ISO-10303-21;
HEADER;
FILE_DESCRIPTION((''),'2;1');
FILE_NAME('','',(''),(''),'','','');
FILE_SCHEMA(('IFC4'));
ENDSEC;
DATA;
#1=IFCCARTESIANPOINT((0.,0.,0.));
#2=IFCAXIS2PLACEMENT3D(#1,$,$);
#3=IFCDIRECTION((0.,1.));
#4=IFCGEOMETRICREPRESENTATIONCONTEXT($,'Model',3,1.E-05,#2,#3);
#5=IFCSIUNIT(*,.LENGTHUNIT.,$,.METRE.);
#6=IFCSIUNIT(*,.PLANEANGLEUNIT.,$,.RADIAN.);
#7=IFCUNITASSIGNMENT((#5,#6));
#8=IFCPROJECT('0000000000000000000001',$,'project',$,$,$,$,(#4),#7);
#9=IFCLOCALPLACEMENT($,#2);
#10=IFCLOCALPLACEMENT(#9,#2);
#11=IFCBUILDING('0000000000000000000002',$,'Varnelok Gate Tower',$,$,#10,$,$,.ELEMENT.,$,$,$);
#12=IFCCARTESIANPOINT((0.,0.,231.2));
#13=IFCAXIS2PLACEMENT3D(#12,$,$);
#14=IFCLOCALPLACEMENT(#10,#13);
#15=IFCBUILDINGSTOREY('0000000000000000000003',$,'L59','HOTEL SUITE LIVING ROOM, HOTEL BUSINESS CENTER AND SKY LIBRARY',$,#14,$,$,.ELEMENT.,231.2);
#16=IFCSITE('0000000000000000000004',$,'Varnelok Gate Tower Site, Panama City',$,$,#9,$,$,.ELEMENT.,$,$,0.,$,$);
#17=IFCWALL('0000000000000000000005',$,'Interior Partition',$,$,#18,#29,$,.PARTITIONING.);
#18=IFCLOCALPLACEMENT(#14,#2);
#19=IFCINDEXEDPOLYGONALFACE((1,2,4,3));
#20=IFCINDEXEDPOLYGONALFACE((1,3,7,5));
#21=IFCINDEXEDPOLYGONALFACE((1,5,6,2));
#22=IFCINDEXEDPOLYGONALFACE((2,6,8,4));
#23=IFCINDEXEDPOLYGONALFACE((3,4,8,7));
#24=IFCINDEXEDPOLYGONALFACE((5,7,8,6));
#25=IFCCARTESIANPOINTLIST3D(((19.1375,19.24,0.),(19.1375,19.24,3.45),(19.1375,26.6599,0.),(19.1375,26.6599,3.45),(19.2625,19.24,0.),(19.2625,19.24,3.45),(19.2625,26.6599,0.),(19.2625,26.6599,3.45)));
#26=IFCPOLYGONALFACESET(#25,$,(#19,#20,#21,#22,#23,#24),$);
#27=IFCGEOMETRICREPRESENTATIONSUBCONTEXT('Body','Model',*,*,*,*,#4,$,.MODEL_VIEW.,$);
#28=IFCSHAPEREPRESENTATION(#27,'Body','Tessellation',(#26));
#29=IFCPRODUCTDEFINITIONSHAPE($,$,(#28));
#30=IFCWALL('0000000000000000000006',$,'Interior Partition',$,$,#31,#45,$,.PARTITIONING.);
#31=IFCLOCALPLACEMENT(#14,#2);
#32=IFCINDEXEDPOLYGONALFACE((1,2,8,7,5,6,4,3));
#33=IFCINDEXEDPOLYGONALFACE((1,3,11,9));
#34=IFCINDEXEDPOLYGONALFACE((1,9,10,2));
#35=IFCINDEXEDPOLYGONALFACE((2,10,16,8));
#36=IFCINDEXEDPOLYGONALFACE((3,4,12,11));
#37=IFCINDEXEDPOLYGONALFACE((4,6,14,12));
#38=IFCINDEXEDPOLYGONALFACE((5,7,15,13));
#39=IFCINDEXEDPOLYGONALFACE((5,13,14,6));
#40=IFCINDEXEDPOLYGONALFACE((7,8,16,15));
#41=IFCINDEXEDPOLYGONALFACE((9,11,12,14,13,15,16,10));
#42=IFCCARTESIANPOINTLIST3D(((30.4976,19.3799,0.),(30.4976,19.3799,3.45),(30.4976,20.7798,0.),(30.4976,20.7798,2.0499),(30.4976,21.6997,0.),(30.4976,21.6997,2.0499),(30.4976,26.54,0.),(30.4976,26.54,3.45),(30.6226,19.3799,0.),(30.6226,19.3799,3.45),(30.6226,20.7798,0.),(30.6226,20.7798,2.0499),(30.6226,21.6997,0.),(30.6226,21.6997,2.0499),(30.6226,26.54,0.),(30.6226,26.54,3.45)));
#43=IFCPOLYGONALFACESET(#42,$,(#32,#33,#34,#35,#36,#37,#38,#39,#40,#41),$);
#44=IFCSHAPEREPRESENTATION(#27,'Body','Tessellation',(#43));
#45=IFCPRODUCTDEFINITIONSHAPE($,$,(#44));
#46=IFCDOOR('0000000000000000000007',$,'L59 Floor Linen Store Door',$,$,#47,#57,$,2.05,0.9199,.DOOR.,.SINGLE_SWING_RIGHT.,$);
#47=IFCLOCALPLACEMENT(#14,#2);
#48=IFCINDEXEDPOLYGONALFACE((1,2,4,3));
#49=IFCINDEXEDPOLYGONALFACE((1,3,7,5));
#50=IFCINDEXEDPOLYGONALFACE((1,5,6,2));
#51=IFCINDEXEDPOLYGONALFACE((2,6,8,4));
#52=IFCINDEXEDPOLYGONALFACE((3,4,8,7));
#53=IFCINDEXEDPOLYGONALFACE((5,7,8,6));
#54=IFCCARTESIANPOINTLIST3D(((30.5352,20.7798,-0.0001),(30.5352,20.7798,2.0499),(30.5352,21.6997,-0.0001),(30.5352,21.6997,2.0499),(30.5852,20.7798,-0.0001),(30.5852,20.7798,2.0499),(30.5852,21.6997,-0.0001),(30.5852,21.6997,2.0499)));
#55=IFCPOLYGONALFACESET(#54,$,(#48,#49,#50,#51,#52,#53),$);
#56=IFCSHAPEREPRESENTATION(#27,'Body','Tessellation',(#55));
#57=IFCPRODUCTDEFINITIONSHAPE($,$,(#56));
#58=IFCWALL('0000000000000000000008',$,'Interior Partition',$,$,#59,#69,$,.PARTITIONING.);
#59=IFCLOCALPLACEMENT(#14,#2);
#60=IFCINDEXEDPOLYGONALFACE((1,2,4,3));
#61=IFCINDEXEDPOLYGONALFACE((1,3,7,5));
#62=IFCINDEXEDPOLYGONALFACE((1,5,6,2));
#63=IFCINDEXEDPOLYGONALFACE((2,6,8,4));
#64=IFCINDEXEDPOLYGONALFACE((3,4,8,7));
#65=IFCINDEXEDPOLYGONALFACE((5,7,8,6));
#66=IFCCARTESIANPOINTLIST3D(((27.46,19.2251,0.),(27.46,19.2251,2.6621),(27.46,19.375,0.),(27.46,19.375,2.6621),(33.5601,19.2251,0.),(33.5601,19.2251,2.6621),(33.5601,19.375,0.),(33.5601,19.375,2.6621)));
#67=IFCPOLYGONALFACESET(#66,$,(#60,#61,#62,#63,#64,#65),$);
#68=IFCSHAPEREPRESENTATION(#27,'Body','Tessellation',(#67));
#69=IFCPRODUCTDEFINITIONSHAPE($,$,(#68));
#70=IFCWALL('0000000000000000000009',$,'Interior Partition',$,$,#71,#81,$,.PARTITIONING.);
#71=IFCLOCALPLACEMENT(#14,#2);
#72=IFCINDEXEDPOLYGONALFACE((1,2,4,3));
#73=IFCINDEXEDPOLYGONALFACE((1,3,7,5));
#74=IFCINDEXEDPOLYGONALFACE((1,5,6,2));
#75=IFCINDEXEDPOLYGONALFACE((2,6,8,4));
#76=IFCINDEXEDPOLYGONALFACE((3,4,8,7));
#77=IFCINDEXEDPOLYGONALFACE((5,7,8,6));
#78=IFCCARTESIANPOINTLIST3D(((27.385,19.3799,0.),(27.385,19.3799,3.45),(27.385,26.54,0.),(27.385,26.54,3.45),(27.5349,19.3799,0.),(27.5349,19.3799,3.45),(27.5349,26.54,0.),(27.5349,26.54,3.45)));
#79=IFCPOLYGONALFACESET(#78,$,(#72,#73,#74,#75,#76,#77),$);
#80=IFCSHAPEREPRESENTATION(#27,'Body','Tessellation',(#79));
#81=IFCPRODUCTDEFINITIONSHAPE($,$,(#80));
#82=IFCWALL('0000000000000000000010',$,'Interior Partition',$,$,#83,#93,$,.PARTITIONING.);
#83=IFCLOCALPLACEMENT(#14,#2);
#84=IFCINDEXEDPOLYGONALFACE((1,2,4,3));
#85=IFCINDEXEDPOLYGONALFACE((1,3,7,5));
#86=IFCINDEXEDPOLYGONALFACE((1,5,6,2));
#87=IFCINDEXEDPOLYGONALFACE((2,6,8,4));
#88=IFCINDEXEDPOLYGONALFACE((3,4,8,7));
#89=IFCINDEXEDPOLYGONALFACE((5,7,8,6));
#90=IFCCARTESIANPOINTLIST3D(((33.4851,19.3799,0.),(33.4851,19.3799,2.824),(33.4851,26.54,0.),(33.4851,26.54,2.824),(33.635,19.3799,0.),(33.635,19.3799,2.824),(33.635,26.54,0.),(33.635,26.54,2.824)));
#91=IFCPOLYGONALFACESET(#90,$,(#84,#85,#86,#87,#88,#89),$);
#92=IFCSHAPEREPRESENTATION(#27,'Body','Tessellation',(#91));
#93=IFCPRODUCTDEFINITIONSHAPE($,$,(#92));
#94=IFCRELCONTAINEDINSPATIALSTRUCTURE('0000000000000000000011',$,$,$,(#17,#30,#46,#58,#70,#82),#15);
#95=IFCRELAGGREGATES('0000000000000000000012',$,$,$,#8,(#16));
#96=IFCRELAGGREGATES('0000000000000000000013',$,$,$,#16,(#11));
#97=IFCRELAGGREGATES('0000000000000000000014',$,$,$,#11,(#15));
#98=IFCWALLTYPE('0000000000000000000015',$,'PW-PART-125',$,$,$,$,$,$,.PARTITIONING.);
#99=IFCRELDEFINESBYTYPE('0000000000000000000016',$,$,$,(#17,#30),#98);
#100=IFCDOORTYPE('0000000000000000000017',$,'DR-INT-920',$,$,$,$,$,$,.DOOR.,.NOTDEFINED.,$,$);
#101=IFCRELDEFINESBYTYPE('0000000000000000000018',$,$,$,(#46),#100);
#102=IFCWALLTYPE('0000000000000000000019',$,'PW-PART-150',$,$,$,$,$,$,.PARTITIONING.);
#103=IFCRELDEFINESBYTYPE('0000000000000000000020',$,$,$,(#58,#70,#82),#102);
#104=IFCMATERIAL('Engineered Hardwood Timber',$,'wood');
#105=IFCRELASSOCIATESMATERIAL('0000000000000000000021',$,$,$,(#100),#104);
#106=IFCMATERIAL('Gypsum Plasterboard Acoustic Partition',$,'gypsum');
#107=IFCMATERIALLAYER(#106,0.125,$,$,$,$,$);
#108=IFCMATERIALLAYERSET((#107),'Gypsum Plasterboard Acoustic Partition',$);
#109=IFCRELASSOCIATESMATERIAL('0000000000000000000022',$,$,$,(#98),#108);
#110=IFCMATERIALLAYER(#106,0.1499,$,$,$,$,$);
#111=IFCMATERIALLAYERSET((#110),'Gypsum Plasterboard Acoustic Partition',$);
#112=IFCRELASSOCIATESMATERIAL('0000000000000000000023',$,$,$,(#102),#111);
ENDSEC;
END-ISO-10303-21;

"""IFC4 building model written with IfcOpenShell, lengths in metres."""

from ifc_helpers import new_model, si_unit, direction, frame, frame_2d, origin, place, context, subcontext, project, spatial, rectangle, extrude, material, layer, layer_set, type_object, element, fill, save


model = new_model("IFC4")

# Units and contexts
model_context = context("Model", 3, precision=1e-05, world=origin(), true_north=direction((0.0, 1.0)))
body_context = subcontext(model_context, "Body", "Model", "MODEL_VIEW")
ifc_project = project(units=[si_unit("LENGTHUNIT", "METRE"), si_unit("PLANEANGLEUNIT", "RADIAN")], contexts=[model_context])

# Site, building, storey
site_placement = place(None, origin())
site = spatial("IfcSite", under=ifc_project, at=site_placement, Name="Varnelok Gate Tower Site, Panama City", CompositionType="ELEMENT", RefElevation=0.0)
building_placement = place(site_placement, origin())
building = spatial("IfcBuilding", under=site, at=building_placement, Name="Varnelok Gate Tower", CompositionType="ELEMENT")
storey_placement = place(building_placement, frame((0.0, 0.0, 231.2)))
storey = spatial("IfcBuildingStorey", under=building, at=storey_placement, Name="L59", Description="HOTEL SUITE LIVING ROOM, HOTEL BUSINESS CENTER AND SKY LIBRARY", CompositionType="ELEMENT", Elevation=231.2)

# Shared definitions
ifc_material_1 = material(Name="Gypsum Plasterboard Acoustic Partition", Category="gypsum")
ifc_material_2 = material(Name="Engineered Hardwood Timber", Category="wood")
door_type_1 = type_object("IfcDoorType", Name="DR-INT-920", OperationType="NOTDEFINED", PredefinedType="DOOR", material=ifc_material_2)

# Wall
ifc_layer_1 = layer(ifc_material_1, 0.125)
ifc_layer_set_1 = layer_set([ifc_layer_1], Name="Gypsum Plasterboard Acoustic Partition")
wall_type_1 = type_object("IfcWallType", Name="PW-PART-125", PredefinedType="PARTITIONING", material=ifc_layer_set_1)
wall_1_placement = place(storey_placement, frame((19.2, 19.24, 0.0), z_axis=(0.0, 0.0, 1.0), x_axis=(0.0, 1.0, 0.0)))
element("IfcWall", 1, at=wall_1_placement, inside=storey, type_object=wall_type_1, Name="Interior Partition", PredefinedType="PARTITIONING", context=body_context, shape_type="SweptSolid", body=[
    extrude(rectangle(XDim=7.4199, YDim=0.125, at=frame_2d((3.71, 0.0))), origin(), (0.0, 0.0, 1.0), 3.45),
])

# Wall, opening, door
wall_2_placement = place(storey_placement, frame((30.5601, 19.3799, 0.0), z_axis=(0.0, 0.0, 1.0), x_axis=(0.0, 1.0, 0.0)))
wall_2 = element("IfcWall", 2, at=wall_2_placement, inside=storey, type_object=wall_type_1, Name="Interior Partition", PredefinedType="PARTITIONING", context=body_context, shape_type="SweptSolid", body=[
    extrude(rectangle(XDim=7.1602, YDim=0.125, at=frame_2d((3.5801, 0.0))), origin(), (0.0, 0.0, 1.0), 3.45),
])
opening_1_placement = place(wall_2_placement, frame((1.3999, 0.0, 0.0)))
opening_1 = element("IfcOpeningElement", 3, at=opening_1_placement, cuts=wall_2, PredefinedType="OPENING", context=body_context, shape_type="SweptSolid", body=[
    extrude(rectangle(XDim=0.9199, YDim=2.05, at=frame_2d((0.46, 1.0249))), frame((0.0, 0.0725, 0.0), z_axis=(0.0, -1.0, 0.0), x_axis=(1.0, 0.0, 0.0)), (0.0, 0.0, 1.0), 0.145),
])
door_1_placement = place(opening_1_placement, origin())
door_1 = element("IfcDoor", 4, at=door_1_placement, inside=storey, type_object=door_type_1, Name="L59 Floor Linen Store Door", OperationType="SINGLE_SWING_RIGHT", OverallHeight=2.05, OverallWidth=0.9199, PredefinedType="DOOR", context=body_context, shape_type="SweptSolid", body=[
    extrude(rectangle(XDim=0.9199, YDim=2.05, at=frame_2d((0.46, 1.0249))), frame((0.0, 0.0249, 0.0), z_axis=(0.0, -1.0, 0.0), x_axis=(1.0, 0.0, 0.0)), (0.0, 0.0, 1.0), 0.05),
])
fill(opening_1, door_1)

# Walls
ifc_layer_2 = layer(ifc_material_1, 0.1499)
ifc_layer_set_2 = layer_set([ifc_layer_2], Name="Gypsum Plasterboard Acoustic Partition")
wall_type_2 = type_object("IfcWallType", Name="PW-PART-150", PredefinedType="PARTITIONING", material=ifc_layer_set_2)
wall_3_placement = place(storey_placement, frame((27.46, 19.3, 0.0), z_axis=(0.0, 0.0, 1.0), x_axis=(1.0, 0.0, 0.0)))
element("IfcWall", 5, at=wall_3_placement, inside=storey, type_object=wall_type_2, Name="Interior Partition", PredefinedType="PARTITIONING", context=body_context, shape_type="SweptSolid", body=[
    extrude(rectangle(XDim=6.1001, YDim=0.1499, at=frame_2d((3.05, 0.0))), origin(), (0.0, 0.0, 1.0), 2.6621),
])
wall_4_placement = place(storey_placement, frame((27.46, 19.3799, 0.0), z_axis=(0.0, 0.0, 1.0), x_axis=(0.0, 1.0, 0.0)))
element("IfcWall", 6, at=wall_4_placement, inside=storey, type_object=wall_type_2, Name="Interior Partition", PredefinedType="PARTITIONING", context=body_context, shape_type="SweptSolid", body=[
    extrude(rectangle(XDim=7.1602, YDim=0.1499, at=frame_2d((3.5801, 0.0))), origin(), (0.0, 0.0, 1.0), 3.45),
])
wall_5_placement = place(storey_placement, frame((33.5601, 19.3799, 0.0), z_axis=(0.0, 0.0, 1.0), x_axis=(0.0, 1.0, 0.0)))
element("IfcWall", 7, at=wall_5_placement, inside=storey, type_object=wall_type_2, Name="Interior Partition", PredefinedType="PARTITIONING", context=body_context, shape_type="SweptSolid", body=[
    extrude(rectangle(XDim=7.1602, YDim=0.1499, at=frame_2d((3.5801, 0.0))), origin(), (0.0, 0.0, 1.0), 2.824),
])

save(model, "model.ifc")
